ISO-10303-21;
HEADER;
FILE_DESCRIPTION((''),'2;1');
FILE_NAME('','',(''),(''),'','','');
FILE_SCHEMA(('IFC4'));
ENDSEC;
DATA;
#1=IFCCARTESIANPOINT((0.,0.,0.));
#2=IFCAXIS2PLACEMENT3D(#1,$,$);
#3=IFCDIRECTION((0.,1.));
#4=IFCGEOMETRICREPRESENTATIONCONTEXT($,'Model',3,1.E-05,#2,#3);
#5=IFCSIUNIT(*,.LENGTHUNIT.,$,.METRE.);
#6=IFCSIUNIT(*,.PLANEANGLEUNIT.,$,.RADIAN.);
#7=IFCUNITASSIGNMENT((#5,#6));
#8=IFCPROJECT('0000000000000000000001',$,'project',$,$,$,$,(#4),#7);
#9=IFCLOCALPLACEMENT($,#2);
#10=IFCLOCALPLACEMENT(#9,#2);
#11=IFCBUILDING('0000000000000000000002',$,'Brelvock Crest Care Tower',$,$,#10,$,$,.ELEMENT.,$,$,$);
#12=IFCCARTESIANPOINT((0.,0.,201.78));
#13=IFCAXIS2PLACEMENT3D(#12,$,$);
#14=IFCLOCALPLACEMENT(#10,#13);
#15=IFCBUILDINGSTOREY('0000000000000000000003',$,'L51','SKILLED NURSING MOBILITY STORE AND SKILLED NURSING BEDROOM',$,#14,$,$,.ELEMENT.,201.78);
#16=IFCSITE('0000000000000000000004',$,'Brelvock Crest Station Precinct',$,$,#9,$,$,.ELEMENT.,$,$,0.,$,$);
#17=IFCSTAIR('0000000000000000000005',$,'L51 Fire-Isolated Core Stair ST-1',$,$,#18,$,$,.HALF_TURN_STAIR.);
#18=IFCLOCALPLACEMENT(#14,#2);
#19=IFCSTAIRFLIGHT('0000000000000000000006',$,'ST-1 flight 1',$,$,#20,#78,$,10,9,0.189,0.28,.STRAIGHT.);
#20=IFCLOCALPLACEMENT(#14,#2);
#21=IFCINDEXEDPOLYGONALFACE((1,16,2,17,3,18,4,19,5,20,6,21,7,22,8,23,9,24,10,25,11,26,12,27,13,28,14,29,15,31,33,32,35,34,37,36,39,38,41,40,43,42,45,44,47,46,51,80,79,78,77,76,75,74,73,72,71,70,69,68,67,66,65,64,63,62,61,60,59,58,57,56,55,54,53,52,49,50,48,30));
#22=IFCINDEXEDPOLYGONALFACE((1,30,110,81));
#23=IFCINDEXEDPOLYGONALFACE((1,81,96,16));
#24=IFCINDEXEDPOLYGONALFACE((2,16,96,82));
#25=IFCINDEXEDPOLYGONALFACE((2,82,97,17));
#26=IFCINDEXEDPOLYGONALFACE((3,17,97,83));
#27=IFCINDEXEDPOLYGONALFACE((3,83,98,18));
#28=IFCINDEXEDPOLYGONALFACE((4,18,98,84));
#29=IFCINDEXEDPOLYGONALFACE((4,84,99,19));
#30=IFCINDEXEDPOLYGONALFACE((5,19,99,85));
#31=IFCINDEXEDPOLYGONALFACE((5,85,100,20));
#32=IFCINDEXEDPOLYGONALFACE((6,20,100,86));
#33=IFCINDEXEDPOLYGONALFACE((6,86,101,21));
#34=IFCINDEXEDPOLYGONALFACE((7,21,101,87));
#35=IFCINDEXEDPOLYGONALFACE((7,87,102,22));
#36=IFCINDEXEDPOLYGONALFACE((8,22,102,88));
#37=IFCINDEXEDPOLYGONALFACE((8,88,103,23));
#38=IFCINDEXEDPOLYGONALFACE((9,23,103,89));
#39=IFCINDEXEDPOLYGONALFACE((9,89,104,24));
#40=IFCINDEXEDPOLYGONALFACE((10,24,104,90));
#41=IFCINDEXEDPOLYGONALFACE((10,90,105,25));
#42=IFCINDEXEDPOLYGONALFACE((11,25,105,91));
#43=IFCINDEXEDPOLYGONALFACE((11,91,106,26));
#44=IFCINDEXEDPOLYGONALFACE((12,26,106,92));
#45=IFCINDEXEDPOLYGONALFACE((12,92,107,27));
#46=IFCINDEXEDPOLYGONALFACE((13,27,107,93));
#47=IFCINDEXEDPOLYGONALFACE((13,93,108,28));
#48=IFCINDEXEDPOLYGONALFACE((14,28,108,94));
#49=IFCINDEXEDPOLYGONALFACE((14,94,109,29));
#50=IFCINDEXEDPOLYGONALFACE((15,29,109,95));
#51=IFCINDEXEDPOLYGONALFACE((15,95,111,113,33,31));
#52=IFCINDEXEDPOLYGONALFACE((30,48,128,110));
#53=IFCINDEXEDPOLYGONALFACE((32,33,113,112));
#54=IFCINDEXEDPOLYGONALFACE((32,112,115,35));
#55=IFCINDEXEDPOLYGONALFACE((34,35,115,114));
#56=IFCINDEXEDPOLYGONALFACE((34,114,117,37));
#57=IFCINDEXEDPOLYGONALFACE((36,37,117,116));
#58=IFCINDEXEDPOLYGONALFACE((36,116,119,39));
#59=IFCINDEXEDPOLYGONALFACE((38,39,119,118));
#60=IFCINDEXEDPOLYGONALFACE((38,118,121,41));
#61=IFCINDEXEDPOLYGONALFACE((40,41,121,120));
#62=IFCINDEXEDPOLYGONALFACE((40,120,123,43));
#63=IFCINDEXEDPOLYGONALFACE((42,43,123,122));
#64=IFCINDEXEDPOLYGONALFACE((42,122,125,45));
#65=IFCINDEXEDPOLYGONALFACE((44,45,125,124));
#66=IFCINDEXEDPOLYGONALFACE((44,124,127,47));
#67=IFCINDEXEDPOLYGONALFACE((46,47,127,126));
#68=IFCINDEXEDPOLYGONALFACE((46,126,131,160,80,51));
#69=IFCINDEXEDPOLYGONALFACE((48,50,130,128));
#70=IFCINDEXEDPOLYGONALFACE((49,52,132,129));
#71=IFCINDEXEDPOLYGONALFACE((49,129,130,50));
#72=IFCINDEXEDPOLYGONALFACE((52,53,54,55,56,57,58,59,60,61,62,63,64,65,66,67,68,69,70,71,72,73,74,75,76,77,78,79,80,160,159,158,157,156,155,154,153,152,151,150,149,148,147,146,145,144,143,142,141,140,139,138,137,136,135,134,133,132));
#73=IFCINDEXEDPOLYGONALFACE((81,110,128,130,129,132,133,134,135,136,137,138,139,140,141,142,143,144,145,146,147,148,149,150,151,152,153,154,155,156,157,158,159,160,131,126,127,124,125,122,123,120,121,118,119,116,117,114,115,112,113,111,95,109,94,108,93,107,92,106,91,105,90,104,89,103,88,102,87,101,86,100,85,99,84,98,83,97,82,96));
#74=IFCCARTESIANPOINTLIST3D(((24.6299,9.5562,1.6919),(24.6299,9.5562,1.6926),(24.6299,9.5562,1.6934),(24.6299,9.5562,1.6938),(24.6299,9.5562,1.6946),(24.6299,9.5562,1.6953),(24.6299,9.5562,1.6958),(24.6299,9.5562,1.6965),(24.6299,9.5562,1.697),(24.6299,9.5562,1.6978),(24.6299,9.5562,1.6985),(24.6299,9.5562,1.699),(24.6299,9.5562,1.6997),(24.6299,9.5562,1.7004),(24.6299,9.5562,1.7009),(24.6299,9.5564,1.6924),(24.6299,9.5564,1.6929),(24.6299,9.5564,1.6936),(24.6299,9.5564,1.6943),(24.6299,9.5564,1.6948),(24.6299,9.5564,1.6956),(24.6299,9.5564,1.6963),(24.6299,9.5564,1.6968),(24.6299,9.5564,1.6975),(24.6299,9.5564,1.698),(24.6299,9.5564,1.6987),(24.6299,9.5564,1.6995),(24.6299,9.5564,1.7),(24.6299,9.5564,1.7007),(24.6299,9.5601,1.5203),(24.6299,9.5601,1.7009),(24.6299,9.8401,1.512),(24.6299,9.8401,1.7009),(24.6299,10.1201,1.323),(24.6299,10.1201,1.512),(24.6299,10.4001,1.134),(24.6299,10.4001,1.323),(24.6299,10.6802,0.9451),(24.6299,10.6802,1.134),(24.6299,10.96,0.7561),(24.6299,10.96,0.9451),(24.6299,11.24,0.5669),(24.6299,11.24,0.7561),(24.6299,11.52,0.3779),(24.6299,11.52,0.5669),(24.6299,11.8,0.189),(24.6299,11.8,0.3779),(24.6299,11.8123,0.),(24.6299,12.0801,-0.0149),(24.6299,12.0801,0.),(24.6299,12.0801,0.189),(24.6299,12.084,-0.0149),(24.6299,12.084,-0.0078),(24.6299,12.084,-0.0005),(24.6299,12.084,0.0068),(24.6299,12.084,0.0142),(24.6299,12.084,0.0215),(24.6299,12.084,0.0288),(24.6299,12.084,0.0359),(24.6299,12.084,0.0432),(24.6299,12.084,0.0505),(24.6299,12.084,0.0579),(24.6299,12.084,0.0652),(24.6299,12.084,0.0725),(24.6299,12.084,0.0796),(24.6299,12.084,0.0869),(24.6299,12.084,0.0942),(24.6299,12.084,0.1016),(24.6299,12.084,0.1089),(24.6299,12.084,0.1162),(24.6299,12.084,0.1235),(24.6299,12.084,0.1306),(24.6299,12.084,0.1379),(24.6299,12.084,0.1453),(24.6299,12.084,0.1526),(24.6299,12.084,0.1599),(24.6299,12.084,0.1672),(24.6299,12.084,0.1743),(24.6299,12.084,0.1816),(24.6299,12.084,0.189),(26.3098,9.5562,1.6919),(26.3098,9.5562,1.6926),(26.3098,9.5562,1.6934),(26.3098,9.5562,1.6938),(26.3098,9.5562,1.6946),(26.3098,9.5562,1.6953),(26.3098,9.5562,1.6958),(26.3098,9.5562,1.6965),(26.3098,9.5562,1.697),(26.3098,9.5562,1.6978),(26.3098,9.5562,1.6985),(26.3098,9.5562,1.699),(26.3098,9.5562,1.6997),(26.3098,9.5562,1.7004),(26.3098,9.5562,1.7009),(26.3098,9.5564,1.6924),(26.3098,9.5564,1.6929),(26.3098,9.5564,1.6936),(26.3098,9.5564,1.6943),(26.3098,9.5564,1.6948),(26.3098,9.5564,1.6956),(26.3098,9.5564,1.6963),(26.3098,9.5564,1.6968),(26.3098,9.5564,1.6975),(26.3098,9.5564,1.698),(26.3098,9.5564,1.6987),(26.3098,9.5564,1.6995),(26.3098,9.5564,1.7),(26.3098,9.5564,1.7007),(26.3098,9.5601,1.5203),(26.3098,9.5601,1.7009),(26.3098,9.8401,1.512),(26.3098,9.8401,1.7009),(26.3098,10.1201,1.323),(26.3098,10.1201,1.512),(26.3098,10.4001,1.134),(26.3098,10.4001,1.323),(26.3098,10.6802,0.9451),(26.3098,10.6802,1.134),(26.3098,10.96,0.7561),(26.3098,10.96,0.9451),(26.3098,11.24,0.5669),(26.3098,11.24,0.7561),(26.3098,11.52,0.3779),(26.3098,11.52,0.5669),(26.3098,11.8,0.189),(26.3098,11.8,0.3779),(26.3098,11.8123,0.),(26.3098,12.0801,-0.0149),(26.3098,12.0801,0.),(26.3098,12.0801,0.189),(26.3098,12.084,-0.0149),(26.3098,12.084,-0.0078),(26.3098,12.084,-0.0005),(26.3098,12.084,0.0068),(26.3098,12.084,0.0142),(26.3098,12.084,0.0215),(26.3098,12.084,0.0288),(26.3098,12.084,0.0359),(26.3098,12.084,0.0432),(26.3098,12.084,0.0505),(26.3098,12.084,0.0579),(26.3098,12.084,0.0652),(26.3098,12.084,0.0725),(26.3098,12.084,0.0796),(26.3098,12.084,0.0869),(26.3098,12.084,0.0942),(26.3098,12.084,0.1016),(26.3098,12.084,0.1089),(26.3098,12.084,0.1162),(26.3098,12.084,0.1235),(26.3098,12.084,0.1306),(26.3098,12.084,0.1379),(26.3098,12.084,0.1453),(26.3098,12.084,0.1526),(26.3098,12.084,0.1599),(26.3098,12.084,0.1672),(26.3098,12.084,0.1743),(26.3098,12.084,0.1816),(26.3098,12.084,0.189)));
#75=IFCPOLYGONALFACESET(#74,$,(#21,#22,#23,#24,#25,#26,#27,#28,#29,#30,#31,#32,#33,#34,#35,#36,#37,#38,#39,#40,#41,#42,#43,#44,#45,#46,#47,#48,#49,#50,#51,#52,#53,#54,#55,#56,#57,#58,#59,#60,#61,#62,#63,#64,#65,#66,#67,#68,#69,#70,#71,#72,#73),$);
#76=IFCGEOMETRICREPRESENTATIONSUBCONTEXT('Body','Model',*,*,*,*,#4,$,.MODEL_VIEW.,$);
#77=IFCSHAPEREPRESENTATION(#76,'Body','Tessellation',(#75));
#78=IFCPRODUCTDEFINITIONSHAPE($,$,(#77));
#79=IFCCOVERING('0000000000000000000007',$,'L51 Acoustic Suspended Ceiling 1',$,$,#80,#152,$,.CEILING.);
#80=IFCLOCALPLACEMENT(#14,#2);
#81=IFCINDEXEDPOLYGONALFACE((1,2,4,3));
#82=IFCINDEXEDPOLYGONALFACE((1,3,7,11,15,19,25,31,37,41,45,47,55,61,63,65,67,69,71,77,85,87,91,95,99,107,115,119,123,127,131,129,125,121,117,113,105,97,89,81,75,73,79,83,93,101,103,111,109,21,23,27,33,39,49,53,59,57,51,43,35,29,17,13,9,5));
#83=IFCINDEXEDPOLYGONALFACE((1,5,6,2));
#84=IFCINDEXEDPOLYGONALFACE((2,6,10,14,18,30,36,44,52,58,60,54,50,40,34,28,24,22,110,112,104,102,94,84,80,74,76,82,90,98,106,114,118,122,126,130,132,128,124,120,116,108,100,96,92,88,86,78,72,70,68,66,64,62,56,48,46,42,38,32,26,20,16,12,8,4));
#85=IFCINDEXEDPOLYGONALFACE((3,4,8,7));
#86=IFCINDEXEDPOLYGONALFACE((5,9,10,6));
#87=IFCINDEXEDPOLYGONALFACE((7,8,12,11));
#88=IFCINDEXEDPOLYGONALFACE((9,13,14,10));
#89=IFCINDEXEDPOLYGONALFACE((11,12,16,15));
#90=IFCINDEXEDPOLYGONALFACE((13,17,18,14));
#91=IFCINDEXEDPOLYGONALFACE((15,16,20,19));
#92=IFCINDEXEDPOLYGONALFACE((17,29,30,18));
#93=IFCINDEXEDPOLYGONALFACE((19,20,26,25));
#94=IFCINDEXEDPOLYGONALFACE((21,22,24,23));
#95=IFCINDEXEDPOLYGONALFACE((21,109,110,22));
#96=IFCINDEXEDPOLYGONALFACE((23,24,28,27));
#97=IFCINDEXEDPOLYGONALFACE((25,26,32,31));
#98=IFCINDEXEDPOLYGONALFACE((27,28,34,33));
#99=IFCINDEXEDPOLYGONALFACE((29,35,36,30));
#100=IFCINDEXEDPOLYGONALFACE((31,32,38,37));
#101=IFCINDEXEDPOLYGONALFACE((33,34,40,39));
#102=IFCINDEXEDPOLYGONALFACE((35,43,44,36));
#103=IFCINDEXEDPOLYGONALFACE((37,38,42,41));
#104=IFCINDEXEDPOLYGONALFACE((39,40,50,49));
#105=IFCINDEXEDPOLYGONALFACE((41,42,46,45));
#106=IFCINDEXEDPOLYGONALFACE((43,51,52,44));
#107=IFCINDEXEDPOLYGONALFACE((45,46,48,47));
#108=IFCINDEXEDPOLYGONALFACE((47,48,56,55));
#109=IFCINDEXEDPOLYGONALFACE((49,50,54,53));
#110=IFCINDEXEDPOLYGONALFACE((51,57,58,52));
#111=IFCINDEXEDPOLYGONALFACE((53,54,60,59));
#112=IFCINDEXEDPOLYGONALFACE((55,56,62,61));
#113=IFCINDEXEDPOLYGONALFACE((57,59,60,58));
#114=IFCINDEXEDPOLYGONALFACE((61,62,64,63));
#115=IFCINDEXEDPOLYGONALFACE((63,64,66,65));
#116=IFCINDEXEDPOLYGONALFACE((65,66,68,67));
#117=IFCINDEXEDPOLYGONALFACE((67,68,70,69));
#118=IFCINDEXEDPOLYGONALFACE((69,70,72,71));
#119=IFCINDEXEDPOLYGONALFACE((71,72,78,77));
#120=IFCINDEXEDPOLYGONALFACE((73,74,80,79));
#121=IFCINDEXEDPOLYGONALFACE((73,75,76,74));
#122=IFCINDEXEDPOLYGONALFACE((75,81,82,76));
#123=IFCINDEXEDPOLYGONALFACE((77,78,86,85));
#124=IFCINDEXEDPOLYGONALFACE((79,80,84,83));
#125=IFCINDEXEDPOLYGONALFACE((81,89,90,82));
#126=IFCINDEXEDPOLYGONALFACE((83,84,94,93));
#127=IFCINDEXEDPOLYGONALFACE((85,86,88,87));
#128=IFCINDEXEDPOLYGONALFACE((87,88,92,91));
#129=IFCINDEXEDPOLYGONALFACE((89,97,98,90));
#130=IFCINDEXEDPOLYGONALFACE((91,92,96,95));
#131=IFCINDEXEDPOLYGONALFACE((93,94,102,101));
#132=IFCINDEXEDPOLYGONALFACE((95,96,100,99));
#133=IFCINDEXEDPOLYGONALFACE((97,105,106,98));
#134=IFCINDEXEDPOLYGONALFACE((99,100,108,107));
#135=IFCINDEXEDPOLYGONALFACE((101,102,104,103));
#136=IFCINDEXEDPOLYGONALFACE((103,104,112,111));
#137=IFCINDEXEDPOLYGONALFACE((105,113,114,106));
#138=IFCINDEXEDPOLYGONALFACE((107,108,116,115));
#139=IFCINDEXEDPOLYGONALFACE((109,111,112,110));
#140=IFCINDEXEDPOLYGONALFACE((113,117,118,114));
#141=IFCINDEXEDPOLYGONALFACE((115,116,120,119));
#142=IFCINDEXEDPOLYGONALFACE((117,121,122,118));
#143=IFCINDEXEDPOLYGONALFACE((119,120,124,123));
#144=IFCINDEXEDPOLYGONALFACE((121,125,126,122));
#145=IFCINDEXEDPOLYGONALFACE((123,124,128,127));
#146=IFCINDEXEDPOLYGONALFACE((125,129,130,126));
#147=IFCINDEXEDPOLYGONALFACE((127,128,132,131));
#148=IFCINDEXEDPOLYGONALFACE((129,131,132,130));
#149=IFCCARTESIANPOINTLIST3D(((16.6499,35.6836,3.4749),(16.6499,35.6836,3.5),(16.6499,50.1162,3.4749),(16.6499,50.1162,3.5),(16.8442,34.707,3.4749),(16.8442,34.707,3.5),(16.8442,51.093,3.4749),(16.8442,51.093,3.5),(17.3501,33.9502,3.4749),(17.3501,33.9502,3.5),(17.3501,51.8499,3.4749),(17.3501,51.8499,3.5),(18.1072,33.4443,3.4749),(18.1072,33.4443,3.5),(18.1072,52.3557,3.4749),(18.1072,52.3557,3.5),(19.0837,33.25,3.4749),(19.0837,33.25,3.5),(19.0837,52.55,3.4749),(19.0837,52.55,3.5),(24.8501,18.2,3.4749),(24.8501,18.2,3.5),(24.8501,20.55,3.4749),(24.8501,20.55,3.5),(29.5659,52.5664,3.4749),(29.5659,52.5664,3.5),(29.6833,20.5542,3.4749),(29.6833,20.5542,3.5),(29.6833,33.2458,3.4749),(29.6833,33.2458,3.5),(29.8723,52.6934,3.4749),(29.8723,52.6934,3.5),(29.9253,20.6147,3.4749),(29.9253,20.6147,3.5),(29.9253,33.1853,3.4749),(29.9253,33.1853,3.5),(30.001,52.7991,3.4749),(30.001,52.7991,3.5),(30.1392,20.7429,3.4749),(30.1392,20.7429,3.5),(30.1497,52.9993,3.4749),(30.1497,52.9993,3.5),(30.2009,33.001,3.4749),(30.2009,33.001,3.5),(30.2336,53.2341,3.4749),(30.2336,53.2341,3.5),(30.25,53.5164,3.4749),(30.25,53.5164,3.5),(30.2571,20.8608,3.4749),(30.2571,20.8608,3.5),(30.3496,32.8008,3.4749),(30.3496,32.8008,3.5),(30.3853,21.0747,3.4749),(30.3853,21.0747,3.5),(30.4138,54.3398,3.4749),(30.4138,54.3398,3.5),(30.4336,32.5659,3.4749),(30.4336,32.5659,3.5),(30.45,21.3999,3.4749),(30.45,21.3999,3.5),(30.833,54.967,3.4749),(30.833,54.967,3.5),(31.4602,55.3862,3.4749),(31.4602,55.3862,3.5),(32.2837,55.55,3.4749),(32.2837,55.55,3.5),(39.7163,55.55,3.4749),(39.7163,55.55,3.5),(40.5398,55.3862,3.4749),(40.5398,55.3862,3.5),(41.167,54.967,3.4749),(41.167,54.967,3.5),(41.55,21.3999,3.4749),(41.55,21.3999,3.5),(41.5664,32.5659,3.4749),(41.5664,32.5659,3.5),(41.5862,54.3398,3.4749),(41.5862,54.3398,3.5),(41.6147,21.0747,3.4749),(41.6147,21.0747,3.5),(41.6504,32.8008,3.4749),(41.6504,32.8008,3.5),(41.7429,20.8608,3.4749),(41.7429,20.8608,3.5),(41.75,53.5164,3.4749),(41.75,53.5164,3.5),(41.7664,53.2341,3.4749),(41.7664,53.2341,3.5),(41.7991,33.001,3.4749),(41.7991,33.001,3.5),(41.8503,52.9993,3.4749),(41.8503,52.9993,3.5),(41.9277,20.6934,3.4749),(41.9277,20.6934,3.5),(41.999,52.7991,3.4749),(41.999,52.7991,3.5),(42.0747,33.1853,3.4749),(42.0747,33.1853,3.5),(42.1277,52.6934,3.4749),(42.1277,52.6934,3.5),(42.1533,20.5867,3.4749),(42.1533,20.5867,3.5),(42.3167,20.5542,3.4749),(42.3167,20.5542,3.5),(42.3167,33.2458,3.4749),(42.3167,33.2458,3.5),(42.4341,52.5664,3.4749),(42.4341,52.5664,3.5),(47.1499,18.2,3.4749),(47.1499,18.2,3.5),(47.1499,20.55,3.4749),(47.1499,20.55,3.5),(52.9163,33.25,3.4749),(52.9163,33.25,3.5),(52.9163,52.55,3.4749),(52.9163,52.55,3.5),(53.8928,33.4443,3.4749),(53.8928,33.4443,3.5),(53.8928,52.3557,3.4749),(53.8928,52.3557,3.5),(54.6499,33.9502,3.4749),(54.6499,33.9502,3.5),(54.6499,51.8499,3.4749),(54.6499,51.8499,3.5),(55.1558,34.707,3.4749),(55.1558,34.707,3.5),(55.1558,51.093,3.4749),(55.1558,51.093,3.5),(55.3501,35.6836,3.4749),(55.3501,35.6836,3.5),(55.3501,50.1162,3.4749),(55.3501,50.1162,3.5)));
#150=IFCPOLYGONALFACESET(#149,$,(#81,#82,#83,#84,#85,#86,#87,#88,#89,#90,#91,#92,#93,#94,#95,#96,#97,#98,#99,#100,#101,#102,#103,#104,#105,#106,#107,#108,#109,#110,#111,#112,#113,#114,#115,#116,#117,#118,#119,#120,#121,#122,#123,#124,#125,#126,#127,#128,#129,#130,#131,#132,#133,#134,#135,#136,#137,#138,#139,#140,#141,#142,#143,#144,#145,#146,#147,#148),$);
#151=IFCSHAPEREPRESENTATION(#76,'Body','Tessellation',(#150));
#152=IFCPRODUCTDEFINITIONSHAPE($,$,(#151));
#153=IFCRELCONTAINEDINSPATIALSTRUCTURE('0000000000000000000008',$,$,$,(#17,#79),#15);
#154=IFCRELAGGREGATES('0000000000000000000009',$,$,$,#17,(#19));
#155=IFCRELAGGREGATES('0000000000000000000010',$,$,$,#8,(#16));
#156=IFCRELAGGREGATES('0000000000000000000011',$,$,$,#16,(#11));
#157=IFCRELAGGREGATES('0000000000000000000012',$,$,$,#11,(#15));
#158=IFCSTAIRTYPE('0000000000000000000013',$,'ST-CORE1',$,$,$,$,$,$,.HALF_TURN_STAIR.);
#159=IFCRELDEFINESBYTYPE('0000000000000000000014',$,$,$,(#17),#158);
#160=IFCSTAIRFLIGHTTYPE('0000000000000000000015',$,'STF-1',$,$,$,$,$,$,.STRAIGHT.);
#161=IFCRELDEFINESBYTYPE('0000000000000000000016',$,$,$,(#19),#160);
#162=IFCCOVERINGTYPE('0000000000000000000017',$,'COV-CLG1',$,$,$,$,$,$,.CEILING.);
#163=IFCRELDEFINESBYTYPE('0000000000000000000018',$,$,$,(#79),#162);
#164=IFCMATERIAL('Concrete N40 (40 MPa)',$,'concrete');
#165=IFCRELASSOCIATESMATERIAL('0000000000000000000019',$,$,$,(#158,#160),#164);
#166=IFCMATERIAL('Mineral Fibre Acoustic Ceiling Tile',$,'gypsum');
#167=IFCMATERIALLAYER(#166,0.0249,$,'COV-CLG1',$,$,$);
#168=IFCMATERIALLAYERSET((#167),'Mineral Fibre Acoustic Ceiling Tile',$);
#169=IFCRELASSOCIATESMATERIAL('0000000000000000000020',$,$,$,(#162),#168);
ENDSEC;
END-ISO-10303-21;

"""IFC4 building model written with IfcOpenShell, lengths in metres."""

from ifc_helpers import new_model, si_unit, direction, frame, origin, place, context, subcontext, project, spatial, polyline, outline, extrude, material, layer, layer_set, type_object, element, aggregate, save


model = new_model("IFC4")

# Units and contexts
model_context = context("Model", 3, precision=1e-05, world=origin(), true_north=direction((0.0, 1.0)))
body_context = subcontext(model_context, "Body", "Model", "MODEL_VIEW")
ifc_project = project(units=[si_unit("LENGTHUNIT", "METRE"), si_unit("PLANEANGLEUNIT", "RADIAN")], contexts=[model_context])

# Site, building, storey
site_placement = place(None, origin())
site = spatial("IfcSite", under=ifc_project, at=site_placement, Name="Brelvock Crest Station Precinct", CompositionType="ELEMENT", RefElevation=0.0)
building_placement = place(site_placement, origin())
building = spatial("IfcBuilding", under=site, at=building_placement, Name="Brelvock Crest Care Tower", CompositionType="ELEMENT")
storey_placement = place(building_placement, frame((0.0, 0.0, 201.78)))
storey = spatial("IfcBuildingStorey", under=building, at=storey_placement, Name="L51", Description="SKILLED NURSING MOBILITY STORE AND SKILLED NURSING BEDROOM", CompositionType="ELEMENT", Elevation=201.78)

# Stair
ifc_material_1 = material(Name="Concrete N40 (40 MPa)", Category="concrete")
stair_type = type_object("IfcStairType", Name="ST-CORE1", PredefinedType="HALF_TURN_STAIR", material=ifc_material_1)
stair_1_placement = place(storey_placement, origin())
stair_1 = element("IfcStair", 1, at=stair_1_placement, inside=storey, type_object=stair_type, Name="L51 Fire-Isolated Core Stair ST-1", PredefinedType="HALF_TURN_STAIR")

# Stair flight
stair_flight_type = type_object("IfcStairFlightType", Name="STF-1", PredefinedType="STRAIGHT", material=ifc_material_1)
stair_flight_placement = place(storey_placement, frame((25.47, 12.0801, 0.0), z_axis=(0.0, 0.0, 1.0), x_axis=(0.0, -1.0, 0.0)))
stair_flight = element("IfcStairFlight", 2, at=stair_flight_placement, type_object=stair_flight_type, Name="ST-1 flight 1", NumberOfRisers=10, NumberOfTreads=9, PredefinedType="STRAIGHT", RiserHeight=0.189, TreadLength=0.28, context=body_context, shape_type="SweptSolid", body=[
    extrude(outline(polyline([(-0.0039, -0.0149), (-0.0039, -0.0078), (-0.0039, -0.0005), (-0.0039, 0.0068), (-0.0039, 0.0142), (-0.0039, 0.0215), (-0.0039, 0.0288), (-0.0039, 0.0359), (-0.0039, 0.0432), (-0.0039, 0.0505), (-0.0039, 0.0579), (-0.0039, 0.0652), (-0.0039, 0.0725), (-0.0039, 0.0796), (-0.0039, 0.0869), (-0.0039, 0.0942), (-0.0039, 0.1016), (-0.0039, 0.1089), (-0.0039, 0.1162), (-0.0039, 0.1235), (-0.0039, 0.1306), (-0.0039, 0.1379), (-0.0039, 0.1453), (-0.0039, 0.1526), (-0.0039, 0.1599), (-0.0039, 0.1672), (-0.0039, 0.1743), (-0.0039, 0.1816), (-0.0039, 0.189), (0.0, 0.189), (0.28, 0.189), (0.28, 0.3779), (0.5601, 0.3779), (0.5601, 0.5669), (0.8401, 0.5669), (0.8401, 0.7561), (1.1201, 0.7561), (1.1201, 0.9451), (1.3999, 0.9451), (1.3999, 1.134), (1.6799, 1.134), (1.6799, 1.323), (1.96, 1.323), (1.96, 1.512), (2.24, 1.512), (2.24, 1.7009), (2.52, 1.7009), (2.5239, 1.7009), (2.5237, 1.7007), (2.5239, 1.7004), (2.5237, 1.7), (2.5239, 1.6997), (2.5237, 1.6995), (2.5239, 1.699), (2.5237, 1.6987), (2.5239, 1.6985), (2.5237, 1.698), (2.5239, 1.6978), (2.5237, 1.6975), (2.5239, 1.697), (2.5237, 1.6968), (2.5239, 1.6965), (2.5237, 1.6963), (2.5239, 1.6958), (2.5237, 1.6956), (2.5239, 1.6953), (2.5237, 1.6948), (2.5239, 1.6946), (2.5237, 1.6943), (2.5239, 1.6938), (2.5237, 1.6936), (2.5239, 1.6934), (2.5237, 1.6929), (2.5239, 1.6926), (2.5237, 1.6924), (2.5239, 1.6919), (2.52, 1.5203), (0.2678, 0.0), (0.0, 0.0), (0.0, -0.0149), (-0.0039, -0.0149)])), frame((0.0, 0.8398, 0.0), z_axis=(0.0, -1.0, 0.0), x_axis=(1.0, 0.0, 0.0)), (0.0, 0.0, 1.0), 1.6799),
])
aggregate(stair_1, [stair_flight])

# Covering
ifc_material_2 = material(Name="Mineral Fibre Acoustic Ceiling Tile", Category="gypsum")
ifc_layer_1 = layer(ifc_material_2, 0.0249, Name="COV-CLG1")
ifc_layer_set_1 = layer_set([ifc_layer_1], Name="Mineral Fibre Acoustic Ceiling Tile")
covering_type_1 = type_object("IfcCoveringType", Name="COV-CLG1", PredefinedType="CEILING", material=ifc_layer_set_1)
covering_1_placement = place(storey_placement, frame((0.0, 0.0, 3.4749)))
element("IfcCovering", 3, at=covering_1_placement, inside=storey, type_object=covering_type_1, Name="L51 Acoustic Suspended Ceiling 1", PredefinedType="CEILING", context=body_context, shape_type="SweptSolid", body=[
    extrude(outline(polyline([(24.8501, 18.2), (47.1499, 18.2), (47.1499, 20.55), (42.3167, 20.5542), (42.1533, 20.5867), (41.9277, 20.6934), (41.7429, 20.8608), (41.6147, 21.0747), (41.55, 21.3999), (41.5664, 32.5659), (41.6504, 32.8008), (41.7991, 33.001), (42.0747, 33.1853), (42.3167, 33.2458), (52.9163, 33.25), (53.8928, 33.4443), (54.6499, 33.9502), (55.1558, 34.707), (55.3501, 35.6836), (55.3501, 50.1162), (55.1558, 51.093), (54.6499, 51.8499), (53.8928, 52.3557), (52.9163, 52.55), (42.4341, 52.5664), (42.1277, 52.6934), (41.999, 52.7991), (41.8503, 52.9993), (41.7664, 53.2341), (41.75, 53.5164), (41.5862, 54.3398), (41.167, 54.967), (40.5398, 55.3862), (39.7163, 55.55), (32.2837, 55.55), (31.4602, 55.3862), (30.833, 54.967), (30.4138, 54.3398), (30.25, 53.5164), (30.2336, 53.2341), (30.1497, 52.9993), (30.001, 52.7991), (29.8723, 52.6934), (29.5659, 52.5664), (19.0837, 52.55), (18.1072, 52.3557), (17.3501, 51.8499), (16.8442, 51.093), (16.6499, 50.1162), (16.6499, 35.6836), (16.8442, 34.707), (17.3501, 33.9502), (18.1072, 33.4443), (19.0837, 33.25), (29.6833, 33.2458), (29.9253, 33.1853), (30.2009, 33.001), (30.3496, 32.8008), (30.4336, 32.5659), (30.45, 21.3999), (30.3853, 21.0747), (30.2571, 20.8608), (30.1392, 20.7429), (29.9253, 20.6147), (29.6833, 20.5542), (24.8501, 20.55), (24.8501, 18.2)])), origin(), (0.0, 0.0, 1.0), 0.0251),
])

save(model, "model.ifc")
